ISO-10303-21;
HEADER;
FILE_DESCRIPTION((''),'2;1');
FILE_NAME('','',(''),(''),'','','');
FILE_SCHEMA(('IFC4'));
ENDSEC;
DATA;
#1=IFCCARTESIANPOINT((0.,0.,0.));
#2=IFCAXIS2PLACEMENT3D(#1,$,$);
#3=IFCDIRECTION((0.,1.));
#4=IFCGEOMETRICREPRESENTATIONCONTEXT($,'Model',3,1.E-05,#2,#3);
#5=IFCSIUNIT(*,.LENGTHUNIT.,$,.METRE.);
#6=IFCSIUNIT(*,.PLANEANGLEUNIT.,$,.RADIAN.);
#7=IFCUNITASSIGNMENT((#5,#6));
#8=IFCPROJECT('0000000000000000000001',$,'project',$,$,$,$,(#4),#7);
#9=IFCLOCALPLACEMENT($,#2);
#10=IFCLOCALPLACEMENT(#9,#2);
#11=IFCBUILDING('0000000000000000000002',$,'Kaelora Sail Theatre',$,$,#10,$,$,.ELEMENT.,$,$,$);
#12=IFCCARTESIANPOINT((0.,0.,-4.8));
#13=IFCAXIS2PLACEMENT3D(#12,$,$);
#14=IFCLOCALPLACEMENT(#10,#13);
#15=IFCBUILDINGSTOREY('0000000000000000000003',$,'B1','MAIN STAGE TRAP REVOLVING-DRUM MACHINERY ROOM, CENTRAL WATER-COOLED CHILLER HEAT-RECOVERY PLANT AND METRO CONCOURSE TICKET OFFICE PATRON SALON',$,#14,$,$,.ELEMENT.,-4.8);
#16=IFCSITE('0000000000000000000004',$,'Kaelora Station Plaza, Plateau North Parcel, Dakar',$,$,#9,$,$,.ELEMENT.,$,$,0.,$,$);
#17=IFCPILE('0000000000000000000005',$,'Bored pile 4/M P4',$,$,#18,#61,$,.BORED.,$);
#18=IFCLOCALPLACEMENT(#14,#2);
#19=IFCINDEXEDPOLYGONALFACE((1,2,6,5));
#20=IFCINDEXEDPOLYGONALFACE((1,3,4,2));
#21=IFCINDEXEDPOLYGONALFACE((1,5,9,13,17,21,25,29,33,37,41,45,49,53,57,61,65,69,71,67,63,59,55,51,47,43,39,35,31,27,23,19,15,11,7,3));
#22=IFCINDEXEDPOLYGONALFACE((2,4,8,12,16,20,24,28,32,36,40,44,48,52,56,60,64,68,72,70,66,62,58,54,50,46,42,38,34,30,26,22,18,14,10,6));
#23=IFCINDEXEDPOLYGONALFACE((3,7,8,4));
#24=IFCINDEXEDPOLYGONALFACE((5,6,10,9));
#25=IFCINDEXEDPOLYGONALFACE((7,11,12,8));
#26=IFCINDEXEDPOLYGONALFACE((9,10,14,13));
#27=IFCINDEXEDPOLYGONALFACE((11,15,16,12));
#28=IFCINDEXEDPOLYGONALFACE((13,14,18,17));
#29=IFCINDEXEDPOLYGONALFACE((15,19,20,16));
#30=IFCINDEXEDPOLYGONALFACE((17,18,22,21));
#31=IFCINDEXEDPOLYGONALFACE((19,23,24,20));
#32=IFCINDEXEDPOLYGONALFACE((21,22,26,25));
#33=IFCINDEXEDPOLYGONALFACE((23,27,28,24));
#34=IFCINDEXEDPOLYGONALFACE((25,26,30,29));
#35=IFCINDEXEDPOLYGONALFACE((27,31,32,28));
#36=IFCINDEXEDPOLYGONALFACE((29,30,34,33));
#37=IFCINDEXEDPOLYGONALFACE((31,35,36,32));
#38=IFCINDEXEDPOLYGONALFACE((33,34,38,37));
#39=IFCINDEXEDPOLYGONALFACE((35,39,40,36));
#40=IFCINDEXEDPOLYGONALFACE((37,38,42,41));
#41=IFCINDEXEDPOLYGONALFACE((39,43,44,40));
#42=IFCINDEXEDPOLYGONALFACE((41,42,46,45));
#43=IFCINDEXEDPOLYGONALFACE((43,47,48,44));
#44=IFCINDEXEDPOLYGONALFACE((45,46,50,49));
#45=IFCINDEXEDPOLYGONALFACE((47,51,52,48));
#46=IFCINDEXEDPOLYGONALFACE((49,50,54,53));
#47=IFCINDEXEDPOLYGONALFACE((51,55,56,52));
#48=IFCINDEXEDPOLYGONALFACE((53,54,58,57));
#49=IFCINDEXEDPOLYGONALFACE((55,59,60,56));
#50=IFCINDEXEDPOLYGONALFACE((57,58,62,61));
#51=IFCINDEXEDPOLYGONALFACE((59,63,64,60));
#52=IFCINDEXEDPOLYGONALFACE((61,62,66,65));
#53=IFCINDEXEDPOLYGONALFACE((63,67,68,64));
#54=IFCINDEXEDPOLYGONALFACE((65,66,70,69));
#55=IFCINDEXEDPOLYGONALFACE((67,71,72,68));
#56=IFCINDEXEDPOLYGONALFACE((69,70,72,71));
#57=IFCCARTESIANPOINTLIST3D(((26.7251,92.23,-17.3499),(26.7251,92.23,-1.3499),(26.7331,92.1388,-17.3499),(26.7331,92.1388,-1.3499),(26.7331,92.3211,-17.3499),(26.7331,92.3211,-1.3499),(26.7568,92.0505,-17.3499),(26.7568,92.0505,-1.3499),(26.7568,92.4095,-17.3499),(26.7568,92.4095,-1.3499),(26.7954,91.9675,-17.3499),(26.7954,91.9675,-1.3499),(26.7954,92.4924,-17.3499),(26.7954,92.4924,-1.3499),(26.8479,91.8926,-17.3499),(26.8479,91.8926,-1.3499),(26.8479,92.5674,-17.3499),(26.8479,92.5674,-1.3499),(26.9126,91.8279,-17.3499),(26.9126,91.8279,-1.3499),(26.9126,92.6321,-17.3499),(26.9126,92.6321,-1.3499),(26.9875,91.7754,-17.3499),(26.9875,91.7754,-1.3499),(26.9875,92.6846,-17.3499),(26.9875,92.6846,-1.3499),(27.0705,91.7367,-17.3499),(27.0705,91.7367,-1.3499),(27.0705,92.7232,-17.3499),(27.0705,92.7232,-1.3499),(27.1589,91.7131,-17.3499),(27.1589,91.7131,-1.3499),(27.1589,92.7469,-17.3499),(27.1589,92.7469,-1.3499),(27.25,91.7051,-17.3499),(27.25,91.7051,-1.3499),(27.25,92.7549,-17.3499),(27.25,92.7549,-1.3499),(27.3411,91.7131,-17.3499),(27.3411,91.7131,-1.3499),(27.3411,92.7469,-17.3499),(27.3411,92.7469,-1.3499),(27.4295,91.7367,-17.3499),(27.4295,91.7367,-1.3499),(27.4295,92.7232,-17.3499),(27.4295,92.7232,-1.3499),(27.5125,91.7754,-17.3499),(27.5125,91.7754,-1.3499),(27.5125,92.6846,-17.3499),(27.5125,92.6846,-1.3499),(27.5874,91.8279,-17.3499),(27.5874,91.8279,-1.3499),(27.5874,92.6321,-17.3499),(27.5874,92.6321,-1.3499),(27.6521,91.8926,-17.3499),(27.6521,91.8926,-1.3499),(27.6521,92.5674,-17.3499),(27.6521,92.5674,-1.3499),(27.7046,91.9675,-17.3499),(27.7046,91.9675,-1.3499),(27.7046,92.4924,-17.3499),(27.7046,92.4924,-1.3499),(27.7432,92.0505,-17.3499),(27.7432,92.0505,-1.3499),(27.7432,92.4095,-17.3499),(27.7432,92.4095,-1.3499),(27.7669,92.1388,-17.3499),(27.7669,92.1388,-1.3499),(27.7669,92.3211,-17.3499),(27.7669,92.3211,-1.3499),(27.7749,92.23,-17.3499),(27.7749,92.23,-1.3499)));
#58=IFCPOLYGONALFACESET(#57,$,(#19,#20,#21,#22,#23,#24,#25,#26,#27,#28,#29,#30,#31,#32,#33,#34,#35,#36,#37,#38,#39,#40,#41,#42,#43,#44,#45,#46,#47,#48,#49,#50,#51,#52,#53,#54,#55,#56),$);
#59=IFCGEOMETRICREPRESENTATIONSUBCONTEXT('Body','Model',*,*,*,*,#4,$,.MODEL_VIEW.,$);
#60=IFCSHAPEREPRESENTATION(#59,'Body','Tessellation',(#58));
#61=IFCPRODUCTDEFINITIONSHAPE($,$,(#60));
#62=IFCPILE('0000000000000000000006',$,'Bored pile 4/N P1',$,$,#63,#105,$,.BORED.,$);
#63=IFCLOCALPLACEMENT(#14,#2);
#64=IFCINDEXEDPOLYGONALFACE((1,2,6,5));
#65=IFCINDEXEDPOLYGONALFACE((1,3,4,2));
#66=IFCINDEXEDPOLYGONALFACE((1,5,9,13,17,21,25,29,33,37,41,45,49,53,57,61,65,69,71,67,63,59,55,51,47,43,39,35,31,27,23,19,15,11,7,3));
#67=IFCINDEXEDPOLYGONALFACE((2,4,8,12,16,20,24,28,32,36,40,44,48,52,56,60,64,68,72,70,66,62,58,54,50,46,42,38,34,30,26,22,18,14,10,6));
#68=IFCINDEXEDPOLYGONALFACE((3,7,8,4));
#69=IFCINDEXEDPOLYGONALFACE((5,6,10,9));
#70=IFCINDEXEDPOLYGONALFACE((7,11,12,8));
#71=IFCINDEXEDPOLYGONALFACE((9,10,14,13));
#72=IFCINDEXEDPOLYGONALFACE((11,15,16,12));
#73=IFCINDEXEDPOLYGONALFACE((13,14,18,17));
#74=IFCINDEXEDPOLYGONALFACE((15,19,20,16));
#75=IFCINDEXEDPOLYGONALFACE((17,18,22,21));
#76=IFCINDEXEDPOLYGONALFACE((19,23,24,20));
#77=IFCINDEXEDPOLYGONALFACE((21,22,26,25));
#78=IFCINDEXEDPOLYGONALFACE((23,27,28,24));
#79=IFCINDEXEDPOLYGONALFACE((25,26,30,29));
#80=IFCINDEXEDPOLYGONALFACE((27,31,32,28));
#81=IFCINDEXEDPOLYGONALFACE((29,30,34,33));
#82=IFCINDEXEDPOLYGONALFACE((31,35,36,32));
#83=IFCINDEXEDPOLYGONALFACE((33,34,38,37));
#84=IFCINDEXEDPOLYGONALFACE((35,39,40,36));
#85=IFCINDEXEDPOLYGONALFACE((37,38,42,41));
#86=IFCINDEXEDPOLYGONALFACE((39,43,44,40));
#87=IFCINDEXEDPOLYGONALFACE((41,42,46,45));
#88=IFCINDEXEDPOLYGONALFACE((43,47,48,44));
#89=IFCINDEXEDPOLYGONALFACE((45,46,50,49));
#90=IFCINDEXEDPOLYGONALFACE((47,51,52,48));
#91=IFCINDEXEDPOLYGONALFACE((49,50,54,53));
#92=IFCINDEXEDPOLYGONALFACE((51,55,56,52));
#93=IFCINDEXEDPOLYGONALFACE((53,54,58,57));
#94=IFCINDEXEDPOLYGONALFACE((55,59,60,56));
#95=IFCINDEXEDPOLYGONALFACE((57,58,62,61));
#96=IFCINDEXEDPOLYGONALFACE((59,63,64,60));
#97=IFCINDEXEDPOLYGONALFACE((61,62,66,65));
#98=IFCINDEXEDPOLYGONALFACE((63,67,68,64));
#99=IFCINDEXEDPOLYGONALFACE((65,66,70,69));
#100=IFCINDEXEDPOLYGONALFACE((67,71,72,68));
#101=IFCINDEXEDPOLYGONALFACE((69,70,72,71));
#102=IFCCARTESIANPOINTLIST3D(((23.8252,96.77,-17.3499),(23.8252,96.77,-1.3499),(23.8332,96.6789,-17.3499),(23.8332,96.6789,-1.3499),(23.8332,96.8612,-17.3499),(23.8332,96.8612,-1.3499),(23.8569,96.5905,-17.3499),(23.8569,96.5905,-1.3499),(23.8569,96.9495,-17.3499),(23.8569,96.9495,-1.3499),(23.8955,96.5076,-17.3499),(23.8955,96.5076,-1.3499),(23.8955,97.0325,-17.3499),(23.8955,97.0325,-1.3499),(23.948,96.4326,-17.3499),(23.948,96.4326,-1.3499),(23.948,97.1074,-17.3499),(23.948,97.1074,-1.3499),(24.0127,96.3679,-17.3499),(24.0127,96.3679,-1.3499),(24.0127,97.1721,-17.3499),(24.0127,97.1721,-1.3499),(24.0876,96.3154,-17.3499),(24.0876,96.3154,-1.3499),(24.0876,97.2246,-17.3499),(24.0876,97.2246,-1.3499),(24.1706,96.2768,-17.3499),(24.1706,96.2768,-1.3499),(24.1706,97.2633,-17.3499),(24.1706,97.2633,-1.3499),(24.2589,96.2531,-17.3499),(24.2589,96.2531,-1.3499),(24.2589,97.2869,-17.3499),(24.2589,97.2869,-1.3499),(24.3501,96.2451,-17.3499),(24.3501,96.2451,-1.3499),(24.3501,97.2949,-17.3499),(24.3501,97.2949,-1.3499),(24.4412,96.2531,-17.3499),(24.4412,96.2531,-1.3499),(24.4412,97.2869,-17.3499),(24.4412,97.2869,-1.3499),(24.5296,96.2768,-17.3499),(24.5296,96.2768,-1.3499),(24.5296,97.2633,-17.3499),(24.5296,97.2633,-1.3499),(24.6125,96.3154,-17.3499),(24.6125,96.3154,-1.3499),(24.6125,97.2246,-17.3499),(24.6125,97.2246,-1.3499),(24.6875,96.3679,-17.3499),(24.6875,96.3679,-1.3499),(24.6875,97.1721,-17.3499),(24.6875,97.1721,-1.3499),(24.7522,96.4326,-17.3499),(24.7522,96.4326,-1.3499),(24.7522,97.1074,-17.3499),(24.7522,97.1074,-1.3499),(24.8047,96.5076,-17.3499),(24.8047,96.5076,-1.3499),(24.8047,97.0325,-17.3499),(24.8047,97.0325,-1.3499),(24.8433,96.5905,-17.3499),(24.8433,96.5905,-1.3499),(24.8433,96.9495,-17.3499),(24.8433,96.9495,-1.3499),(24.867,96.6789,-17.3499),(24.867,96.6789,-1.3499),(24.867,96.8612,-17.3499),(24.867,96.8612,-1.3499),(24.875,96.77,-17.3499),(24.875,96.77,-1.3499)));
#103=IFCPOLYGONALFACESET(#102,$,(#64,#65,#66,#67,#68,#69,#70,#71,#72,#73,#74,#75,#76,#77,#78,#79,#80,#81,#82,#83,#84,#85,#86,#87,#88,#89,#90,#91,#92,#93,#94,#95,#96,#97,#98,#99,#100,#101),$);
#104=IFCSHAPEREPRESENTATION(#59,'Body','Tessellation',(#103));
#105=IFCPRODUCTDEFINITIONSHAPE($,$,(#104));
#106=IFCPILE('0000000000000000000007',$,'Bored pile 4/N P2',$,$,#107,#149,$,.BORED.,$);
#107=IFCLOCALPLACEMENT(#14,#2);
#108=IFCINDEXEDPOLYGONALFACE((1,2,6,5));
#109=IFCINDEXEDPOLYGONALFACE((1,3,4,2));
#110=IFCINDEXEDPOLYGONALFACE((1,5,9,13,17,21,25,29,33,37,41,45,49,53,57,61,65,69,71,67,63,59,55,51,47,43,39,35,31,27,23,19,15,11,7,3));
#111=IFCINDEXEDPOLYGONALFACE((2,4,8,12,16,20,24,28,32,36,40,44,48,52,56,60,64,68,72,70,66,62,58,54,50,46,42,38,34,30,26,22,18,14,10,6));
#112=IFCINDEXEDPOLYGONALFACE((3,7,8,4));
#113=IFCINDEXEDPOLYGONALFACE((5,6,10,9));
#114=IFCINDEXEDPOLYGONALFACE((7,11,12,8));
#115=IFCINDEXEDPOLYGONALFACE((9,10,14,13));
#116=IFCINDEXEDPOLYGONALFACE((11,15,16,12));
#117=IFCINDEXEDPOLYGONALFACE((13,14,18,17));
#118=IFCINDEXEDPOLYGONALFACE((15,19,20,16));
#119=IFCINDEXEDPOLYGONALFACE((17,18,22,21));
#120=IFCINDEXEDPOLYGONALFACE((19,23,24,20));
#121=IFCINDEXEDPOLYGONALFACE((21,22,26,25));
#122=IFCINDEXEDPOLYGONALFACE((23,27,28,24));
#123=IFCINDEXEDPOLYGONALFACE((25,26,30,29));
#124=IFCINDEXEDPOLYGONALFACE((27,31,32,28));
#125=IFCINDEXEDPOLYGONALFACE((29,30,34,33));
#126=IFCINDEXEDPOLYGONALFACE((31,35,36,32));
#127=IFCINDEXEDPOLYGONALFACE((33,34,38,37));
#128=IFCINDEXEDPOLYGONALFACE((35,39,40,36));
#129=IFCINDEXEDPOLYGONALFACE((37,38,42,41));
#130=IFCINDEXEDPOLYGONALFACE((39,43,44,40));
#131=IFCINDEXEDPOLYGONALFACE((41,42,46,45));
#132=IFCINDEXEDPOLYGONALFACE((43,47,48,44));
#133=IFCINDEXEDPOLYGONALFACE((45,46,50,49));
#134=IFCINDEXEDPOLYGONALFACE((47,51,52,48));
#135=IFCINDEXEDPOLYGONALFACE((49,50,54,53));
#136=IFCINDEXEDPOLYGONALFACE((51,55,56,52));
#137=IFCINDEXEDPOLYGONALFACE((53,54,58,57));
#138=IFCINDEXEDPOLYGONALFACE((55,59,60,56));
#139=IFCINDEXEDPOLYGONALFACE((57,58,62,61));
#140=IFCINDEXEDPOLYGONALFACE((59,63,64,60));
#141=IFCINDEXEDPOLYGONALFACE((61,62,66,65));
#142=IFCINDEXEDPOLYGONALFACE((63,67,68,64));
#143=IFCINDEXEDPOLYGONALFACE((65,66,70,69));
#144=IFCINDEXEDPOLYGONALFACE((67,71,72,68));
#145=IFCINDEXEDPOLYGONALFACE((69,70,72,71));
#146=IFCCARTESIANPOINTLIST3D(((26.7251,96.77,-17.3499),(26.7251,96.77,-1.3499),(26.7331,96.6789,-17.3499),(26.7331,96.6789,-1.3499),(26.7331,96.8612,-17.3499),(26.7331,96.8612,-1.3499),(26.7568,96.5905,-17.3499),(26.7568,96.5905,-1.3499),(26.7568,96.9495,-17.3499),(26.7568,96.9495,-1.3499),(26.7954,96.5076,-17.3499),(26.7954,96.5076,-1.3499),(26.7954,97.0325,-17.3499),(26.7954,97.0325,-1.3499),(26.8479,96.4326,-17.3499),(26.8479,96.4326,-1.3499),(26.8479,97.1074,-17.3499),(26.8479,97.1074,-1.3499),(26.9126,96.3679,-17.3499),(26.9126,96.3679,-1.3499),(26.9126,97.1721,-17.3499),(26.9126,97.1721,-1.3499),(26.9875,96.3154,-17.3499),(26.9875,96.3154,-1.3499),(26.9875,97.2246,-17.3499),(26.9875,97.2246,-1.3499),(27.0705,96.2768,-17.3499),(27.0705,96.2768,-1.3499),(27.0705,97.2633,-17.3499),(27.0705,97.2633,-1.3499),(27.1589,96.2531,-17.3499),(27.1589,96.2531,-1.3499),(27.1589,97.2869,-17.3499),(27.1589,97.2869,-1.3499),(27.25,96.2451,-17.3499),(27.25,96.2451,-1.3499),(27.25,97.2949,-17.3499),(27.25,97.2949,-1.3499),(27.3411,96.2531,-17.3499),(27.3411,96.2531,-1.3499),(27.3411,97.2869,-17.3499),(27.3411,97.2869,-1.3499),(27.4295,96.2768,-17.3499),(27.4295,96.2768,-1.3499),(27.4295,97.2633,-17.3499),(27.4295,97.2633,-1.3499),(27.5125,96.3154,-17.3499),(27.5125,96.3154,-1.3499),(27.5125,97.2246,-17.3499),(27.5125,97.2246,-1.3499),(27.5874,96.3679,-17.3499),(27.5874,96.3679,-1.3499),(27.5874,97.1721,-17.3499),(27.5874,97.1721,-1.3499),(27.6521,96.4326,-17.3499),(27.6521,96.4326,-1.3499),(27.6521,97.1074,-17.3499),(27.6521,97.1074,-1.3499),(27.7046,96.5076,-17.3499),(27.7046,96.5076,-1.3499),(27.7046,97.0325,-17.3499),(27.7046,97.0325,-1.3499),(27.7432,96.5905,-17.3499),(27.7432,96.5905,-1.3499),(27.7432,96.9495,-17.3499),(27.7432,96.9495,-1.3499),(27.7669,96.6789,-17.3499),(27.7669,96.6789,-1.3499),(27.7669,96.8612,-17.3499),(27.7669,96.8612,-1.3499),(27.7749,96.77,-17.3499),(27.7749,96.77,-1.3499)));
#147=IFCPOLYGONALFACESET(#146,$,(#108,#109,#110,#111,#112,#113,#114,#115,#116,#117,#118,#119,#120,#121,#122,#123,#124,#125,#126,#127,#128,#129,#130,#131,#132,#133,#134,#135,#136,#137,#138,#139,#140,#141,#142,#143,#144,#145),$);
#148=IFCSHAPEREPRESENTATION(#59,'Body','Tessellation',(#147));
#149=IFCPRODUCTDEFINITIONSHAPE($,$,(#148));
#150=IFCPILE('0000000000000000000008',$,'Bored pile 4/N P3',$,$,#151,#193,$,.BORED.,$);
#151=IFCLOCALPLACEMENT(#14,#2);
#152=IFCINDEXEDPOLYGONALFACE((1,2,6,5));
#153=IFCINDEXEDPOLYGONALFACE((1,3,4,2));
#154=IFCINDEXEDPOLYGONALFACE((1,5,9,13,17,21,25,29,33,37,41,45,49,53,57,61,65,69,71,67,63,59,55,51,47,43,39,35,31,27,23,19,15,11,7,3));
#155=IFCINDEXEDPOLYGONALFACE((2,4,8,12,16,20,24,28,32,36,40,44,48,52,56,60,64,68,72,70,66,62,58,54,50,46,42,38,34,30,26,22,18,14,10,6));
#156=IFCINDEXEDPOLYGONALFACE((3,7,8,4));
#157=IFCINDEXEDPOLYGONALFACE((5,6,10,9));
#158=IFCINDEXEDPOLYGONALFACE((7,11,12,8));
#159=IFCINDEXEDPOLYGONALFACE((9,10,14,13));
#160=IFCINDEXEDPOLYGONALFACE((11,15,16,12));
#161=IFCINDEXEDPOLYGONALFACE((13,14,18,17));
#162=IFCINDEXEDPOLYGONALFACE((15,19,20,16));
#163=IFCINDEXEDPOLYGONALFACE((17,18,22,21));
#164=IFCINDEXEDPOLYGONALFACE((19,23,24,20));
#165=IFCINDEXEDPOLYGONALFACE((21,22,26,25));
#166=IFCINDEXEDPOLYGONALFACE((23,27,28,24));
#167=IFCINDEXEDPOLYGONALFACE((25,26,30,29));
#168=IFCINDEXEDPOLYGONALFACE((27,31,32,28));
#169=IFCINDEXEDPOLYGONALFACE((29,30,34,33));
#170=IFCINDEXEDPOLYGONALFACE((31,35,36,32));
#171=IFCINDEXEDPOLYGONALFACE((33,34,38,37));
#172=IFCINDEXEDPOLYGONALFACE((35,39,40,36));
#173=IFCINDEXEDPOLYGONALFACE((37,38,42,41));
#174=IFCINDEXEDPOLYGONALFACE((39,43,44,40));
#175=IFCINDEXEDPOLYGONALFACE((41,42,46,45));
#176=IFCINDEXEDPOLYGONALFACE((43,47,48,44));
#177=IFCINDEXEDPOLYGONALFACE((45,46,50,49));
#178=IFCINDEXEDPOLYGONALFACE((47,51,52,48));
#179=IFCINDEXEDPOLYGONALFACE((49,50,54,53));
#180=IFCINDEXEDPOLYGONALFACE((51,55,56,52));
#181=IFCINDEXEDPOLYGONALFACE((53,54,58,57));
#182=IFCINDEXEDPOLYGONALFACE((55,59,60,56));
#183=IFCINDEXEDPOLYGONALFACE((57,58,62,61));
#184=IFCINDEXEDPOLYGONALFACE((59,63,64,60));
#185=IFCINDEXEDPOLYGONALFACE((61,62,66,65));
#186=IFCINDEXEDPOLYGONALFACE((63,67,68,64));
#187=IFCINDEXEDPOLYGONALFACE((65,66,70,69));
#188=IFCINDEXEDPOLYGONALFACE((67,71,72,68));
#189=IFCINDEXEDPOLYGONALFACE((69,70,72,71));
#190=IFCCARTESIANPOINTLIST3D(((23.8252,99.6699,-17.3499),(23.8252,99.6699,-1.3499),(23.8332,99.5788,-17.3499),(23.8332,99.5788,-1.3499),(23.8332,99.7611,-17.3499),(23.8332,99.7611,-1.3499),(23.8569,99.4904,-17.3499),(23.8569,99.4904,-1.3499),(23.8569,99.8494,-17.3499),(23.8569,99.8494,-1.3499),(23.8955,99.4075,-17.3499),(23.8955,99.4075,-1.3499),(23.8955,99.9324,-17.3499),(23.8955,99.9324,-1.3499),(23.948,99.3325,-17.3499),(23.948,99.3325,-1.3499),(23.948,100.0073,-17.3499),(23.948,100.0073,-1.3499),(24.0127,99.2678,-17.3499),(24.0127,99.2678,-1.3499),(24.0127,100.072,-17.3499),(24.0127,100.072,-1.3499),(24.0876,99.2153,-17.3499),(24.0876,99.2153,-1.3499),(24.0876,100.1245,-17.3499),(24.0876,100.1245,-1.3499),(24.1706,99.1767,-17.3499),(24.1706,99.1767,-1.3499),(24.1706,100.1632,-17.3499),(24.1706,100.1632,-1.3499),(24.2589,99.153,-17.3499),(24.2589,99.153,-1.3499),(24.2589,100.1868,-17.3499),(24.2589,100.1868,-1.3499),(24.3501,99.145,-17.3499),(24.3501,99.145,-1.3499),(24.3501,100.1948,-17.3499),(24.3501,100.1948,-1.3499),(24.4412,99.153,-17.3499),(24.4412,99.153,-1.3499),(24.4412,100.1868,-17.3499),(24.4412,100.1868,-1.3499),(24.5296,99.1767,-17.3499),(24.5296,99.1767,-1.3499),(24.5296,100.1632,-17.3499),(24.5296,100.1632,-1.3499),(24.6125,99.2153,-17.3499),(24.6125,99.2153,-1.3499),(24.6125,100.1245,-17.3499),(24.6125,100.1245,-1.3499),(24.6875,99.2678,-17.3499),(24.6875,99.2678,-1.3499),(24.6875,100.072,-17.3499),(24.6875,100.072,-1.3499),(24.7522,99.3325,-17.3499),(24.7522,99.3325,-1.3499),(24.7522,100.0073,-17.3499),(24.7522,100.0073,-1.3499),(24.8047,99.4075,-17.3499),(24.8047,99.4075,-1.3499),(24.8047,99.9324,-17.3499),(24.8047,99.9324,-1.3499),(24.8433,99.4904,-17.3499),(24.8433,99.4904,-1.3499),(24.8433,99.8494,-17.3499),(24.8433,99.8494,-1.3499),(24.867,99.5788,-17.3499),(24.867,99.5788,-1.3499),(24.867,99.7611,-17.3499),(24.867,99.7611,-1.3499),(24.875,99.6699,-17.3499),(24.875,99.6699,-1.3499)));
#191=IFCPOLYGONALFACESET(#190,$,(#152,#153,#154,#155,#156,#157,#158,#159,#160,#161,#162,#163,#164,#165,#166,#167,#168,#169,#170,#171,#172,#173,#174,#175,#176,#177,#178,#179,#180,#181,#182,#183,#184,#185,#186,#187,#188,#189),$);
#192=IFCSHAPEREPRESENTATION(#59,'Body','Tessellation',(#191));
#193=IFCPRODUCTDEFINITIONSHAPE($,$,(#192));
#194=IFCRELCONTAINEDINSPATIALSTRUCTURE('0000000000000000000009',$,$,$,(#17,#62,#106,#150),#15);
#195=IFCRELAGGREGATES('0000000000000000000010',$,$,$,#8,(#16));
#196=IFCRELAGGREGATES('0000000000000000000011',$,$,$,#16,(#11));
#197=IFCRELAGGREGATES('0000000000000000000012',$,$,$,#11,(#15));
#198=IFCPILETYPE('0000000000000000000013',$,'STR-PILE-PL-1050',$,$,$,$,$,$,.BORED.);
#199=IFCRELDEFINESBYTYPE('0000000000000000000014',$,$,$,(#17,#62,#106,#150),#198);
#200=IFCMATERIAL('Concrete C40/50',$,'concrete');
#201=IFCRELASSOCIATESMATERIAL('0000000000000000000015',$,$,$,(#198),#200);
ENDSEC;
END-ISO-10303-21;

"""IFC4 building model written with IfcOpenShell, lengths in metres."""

from ifc_helpers import new_model, si_unit, direction, frame, origin, origin_2d, place, context, subcontext, project, spatial, circle, extrude, material, material_profile, profile_set, type_object, element, save


model = new_model("IFC4")

# Units and contexts
model_context = context("Model", 3, precision=1e-05, world=origin(), true_north=direction((0.0, 1.0)))
body_context = subcontext(model_context, "Body", "Model", "MODEL_VIEW")
ifc_project = project(units=[si_unit("LENGTHUNIT", "METRE"), si_unit("PLANEANGLEUNIT", "RADIAN")], contexts=[model_context])

# Site, building, storey
site_placement = place(None, origin())
site = spatial("IfcSite", under=ifc_project, at=site_placement, Name="Kaelora Station Plaza, Plateau North Parcel, Dakar", CompositionType="ELEMENT", RefElevation=0.0)
building_placement = place(site_placement, origin())
building = spatial("IfcBuilding", under=site, at=building_placement, Name="Kaelora Sail Theatre", CompositionType="ELEMENT")
storey_placement = place(building_placement, frame((0.0, 0.0, -4.8)))
storey = spatial("IfcBuildingStorey", under=building, at=storey_placement, Name="B1", Description="MAIN STAGE TRAP REVOLVING-DRUM MACHINERY ROOM, CENTRAL WATER-COOLED CHILLER HEAT-RECOVERY PLANT AND METRO CONCOURSE TICKET OFFICE PATRON SALON", CompositionType="ELEMENT", Elevation=-4.8)

# Piles
ifc_material_1 = material(Name="Concrete C40/50", Category="concrete")
ifc_material_profile_1 = material_profile(ifc_material_1, circle(Radius=0.5249, at=origin_2d()), Name="PILE D1050")
ifc_profile_set_1 = profile_set([ifc_material_profile_1], Name="Concrete C40/50")
pile_type_1 = type_object("IfcPileType", Name="STR-PILE-PL-1050", PredefinedType="BORED", material=ifc_profile_set_1)
for number, where, z_axis, x_axis, name in (
    (1, (27.25, 92.23, -1.3499), (0.0, 0.0, -1.0), (1.0, 0.0, 0.0), "Bored pile 4/M P4"),
    (2, (24.3501, 96.77, -1.3499), (0.0, 0.0, -1.0), (1.0, 0.0, 0.0), "Bored pile 4/N P1"),
    (3, (27.25, 96.77, -1.3499), (0.0, 0.0, -1.0), (1.0, 0.0, 0.0), "Bored pile 4/N P2"),
    (4, (24.3501, 99.6699, -1.3499), (0.0, 0.0, -1.0), (1.0, 0.0, 0.0), "Bored pile 4/N P3"),
):
    element("IfcPile", number, at=place(storey_placement, frame(where, z_axis=z_axis, x_axis=x_axis)), inside=storey, type_object=pile_type_1, Name=name, PredefinedType="BORED", context=body_context, shape_type="SweptSolid", body=[
        extrude(circle(Radius=0.5249, at=origin_2d()), origin(), (0.0, 0.0, 1.0), 16.0),
    ])

save(model, "model.ifc")
